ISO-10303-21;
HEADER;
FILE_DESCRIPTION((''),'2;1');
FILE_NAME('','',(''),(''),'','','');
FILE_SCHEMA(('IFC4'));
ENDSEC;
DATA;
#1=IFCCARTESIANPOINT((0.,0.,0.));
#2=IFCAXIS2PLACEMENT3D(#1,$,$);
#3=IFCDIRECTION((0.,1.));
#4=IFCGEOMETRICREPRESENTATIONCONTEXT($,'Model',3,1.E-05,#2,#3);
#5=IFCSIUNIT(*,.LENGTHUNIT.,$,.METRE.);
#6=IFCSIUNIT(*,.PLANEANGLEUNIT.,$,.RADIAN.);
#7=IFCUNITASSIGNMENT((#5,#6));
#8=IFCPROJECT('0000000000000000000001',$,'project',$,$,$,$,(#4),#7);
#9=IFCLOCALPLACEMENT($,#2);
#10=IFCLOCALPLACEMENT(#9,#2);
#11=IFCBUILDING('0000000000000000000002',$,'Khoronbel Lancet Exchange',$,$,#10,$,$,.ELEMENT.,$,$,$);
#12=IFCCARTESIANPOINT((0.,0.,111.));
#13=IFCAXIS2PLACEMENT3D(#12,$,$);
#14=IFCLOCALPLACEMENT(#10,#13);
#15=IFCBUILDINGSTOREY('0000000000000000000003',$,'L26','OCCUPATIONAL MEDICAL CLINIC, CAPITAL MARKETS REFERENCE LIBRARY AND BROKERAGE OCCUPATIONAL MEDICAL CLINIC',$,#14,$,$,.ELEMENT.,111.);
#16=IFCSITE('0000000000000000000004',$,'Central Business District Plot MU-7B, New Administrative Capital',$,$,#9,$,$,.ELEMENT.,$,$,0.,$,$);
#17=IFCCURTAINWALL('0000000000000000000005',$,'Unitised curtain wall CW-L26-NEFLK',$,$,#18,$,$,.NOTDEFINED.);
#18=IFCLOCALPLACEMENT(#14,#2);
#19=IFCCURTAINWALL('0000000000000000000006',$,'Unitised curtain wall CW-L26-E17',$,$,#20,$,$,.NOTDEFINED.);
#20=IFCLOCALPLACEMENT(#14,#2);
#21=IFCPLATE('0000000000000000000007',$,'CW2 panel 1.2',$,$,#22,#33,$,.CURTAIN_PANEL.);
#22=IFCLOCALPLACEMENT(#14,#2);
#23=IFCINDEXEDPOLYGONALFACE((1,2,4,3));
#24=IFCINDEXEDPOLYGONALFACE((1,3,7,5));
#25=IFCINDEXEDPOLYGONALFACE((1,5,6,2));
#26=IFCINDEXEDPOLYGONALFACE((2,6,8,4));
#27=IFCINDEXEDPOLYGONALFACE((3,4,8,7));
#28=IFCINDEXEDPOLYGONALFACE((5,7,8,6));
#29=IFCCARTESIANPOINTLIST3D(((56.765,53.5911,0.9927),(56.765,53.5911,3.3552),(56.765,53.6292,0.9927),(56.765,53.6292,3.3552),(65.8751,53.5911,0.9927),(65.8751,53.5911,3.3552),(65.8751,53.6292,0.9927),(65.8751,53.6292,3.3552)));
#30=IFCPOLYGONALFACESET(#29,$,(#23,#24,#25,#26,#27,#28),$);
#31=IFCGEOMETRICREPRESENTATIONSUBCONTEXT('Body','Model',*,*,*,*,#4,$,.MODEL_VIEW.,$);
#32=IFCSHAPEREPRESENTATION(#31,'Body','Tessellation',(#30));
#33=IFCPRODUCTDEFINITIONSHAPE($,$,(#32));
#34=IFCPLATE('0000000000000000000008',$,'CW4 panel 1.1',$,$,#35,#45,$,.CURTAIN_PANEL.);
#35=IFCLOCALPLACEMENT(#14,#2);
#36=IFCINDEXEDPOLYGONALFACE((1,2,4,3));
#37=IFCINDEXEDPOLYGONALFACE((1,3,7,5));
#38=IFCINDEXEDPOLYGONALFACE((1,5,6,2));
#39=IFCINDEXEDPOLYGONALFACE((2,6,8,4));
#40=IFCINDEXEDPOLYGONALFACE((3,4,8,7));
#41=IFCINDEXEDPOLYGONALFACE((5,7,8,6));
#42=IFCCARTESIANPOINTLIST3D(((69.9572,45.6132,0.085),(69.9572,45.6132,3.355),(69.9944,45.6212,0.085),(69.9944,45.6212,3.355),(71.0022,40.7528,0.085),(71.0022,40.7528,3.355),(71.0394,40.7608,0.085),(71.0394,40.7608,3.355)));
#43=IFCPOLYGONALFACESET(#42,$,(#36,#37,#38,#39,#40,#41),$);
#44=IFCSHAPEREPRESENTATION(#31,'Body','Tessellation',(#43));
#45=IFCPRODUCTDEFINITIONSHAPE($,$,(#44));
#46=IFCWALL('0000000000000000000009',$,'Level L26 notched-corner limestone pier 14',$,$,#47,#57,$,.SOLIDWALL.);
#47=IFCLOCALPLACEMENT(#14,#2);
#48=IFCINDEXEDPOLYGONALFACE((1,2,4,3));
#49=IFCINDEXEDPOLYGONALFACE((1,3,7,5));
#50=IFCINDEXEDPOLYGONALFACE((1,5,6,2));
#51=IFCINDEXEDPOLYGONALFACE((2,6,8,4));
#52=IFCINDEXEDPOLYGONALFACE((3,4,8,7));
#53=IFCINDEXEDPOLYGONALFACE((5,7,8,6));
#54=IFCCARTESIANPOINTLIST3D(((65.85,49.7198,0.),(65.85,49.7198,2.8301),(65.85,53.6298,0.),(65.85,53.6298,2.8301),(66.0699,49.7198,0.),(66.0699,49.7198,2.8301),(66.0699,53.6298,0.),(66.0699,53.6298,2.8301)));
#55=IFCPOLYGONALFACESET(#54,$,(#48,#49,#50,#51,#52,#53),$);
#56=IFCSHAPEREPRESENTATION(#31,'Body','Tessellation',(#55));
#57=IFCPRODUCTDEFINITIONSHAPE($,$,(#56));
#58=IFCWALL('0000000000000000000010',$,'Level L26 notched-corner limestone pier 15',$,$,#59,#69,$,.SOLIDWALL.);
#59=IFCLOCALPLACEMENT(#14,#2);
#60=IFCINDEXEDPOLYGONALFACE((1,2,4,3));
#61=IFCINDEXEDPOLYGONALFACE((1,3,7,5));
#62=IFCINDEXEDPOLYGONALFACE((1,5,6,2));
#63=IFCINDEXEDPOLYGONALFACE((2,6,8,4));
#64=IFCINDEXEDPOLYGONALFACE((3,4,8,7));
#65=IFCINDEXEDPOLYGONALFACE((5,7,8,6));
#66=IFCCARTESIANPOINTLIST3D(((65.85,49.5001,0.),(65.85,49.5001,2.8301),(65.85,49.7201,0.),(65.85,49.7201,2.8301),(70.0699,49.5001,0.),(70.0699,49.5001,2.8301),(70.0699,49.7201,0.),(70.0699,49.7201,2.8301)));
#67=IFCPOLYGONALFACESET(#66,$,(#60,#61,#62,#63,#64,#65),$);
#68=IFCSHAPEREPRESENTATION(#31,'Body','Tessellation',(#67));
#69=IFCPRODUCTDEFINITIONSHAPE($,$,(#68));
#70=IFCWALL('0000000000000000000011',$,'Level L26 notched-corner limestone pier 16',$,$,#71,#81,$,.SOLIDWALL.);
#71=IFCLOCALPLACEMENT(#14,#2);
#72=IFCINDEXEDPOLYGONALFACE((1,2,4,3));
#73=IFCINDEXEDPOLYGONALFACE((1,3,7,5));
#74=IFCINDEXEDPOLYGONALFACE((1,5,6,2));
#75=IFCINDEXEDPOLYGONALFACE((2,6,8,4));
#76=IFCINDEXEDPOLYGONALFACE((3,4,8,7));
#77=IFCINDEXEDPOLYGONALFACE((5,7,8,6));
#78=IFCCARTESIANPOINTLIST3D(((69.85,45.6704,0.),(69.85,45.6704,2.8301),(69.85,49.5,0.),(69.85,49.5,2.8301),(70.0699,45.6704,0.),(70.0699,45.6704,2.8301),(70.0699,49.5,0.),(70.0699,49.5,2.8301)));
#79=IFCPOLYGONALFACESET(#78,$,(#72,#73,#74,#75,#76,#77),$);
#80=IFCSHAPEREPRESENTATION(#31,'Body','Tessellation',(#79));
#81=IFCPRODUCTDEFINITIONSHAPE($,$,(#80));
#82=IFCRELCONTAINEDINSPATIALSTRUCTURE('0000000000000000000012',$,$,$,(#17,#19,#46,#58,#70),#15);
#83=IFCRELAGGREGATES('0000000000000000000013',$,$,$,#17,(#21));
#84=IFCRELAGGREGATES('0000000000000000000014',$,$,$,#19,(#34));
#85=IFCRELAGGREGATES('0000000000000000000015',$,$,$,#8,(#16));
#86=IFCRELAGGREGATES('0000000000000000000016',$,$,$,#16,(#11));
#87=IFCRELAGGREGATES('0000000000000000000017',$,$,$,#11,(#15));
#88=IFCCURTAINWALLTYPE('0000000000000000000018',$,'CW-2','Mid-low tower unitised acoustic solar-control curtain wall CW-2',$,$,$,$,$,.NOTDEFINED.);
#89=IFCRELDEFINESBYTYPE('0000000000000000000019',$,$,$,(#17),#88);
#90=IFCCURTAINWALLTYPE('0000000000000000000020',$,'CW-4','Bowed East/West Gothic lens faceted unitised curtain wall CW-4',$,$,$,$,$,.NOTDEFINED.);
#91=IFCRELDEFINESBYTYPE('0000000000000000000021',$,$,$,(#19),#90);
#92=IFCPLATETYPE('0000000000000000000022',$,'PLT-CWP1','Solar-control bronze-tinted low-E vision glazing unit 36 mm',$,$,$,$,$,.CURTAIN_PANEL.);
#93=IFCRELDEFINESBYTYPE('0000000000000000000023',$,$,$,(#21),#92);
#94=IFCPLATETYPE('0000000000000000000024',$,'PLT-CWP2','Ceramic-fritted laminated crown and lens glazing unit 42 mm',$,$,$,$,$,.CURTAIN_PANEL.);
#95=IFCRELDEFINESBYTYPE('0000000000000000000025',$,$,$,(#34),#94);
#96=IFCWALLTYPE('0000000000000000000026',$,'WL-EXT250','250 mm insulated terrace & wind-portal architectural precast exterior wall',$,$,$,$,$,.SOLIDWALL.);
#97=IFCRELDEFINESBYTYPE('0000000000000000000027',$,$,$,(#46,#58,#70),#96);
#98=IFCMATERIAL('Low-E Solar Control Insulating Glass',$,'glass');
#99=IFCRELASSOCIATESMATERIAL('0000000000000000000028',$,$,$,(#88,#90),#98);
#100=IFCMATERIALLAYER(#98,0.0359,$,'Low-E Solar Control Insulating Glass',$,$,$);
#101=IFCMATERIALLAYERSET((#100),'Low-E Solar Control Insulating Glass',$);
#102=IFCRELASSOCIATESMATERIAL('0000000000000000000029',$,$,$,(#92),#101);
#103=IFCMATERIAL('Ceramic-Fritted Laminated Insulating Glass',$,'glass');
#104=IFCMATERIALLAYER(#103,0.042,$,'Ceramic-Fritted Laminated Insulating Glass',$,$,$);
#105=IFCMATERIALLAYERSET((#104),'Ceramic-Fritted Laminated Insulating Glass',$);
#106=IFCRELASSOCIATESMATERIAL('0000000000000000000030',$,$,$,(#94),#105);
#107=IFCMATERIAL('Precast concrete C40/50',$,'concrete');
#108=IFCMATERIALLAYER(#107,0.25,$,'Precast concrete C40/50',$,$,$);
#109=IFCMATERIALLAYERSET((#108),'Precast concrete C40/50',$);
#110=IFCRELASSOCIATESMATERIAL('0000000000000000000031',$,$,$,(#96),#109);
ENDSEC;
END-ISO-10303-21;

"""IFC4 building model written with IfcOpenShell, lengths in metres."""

from ifc_helpers import new_model, si_unit, direction, frame, frame_2d, origin, origin_2d, place, context, subcontext, project, spatial, rectangle, extrude, material, layer, layer_set, type_object, element, aggregate, save


model = new_model("IFC4")

# Units and contexts
model_context = context("Model", 3, precision=1e-05, world=origin(), true_north=direction((0.0, 1.0)))
body_context = subcontext(model_context, "Body", "Model", "MODEL_VIEW")
ifc_project = project(units=[si_unit("LENGTHUNIT", "METRE"), si_unit("PLANEANGLEUNIT", "RADIAN")], contexts=[model_context])

# Site, building, storey
site_placement = place(None, origin())
site = spatial("IfcSite", under=ifc_project, at=site_placement, Name="Central Business District Plot MU-7B, New Administrative Capital", CompositionType="ELEMENT", RefElevation=0.0)
building_placement = place(site_placement, origin())
building = spatial("IfcBuilding", under=site, at=building_placement, Name="Khoronbel Lancet Exchange", CompositionType="ELEMENT")
storey_placement = place(building_placement, frame((0.0, 0.0, 111.0)))
storey = spatial("IfcBuildingStorey", under=building, at=storey_placement, Name="L26", Description="OCCUPATIONAL MEDICAL CLINIC, CAPITAL MARKETS REFERENCE LIBRARY AND BROKERAGE OCCUPATIONAL MEDICAL CLINIC", CompositionType="ELEMENT", Elevation=111.0)

# Curtain wall
ifc_material_1 = material(Name="Low-E Solar Control Insulating Glass", Category="glass")
curtain_wall_type_1 = type_object("IfcCurtainWallType", Name="CW-2", Description="Mid-low tower unitised acoustic solar-control curtain wall CW-2", PredefinedType="NOTDEFINED", material=ifc_material_1)
curtain_wall_1_placement = place(storey_placement, origin())
curtain_wall_1 = element("IfcCurtainWall", 1, at=curtain_wall_1_placement, inside=storey, type_object=curtain_wall_type_1, Name="Unitised curtain wall CW-L26-NEFLK", PredefinedType="NOTDEFINED")

# Curtain wall
curtain_wall_type_2 = type_object("IfcCurtainWallType", Name="CW-4", Description="Bowed East/West Gothic lens faceted unitised curtain wall CW-4", PredefinedType="NOTDEFINED", material=ifc_material_1)
curtain_wall_2_placement = place(storey_placement, origin())
curtain_wall_2 = element("IfcCurtainWall", 2, at=curtain_wall_2_placement, inside=storey, type_object=curtain_wall_type_2, Name="Unitised curtain wall CW-L26-E17", PredefinedType="NOTDEFINED")

# Plates
ifc_layer_1 = layer(ifc_material_1, 0.0359, Name="Low-E Solar Control Insulating Glass")
ifc_layer_set_1 = layer_set([ifc_layer_1], Name="Low-E Solar Control Insulating Glass")
plate_type_1 = type_object("IfcPlateType", Name="PLT-CWP1", Description="Solar-control bronze-tinted low-E vision glazing unit 36 mm", PredefinedType="CURTAIN_PANEL", material=ifc_layer_set_1)
plate_1_placement = place(storey_placement, frame((61.3201, 53.6101, 0.9927), z_axis=(0.0, 0.0, 1.0), x_axis=(-1.0, 0.0, 0.0)))
plate_1 = element("IfcPlate", 3, at=plate_1_placement, type_object=plate_type_1, Name="CW2 panel 1.2", PredefinedType="CURTAIN_PANEL", context=body_context, shape_type="SweptSolid", body=[
    extrude(rectangle(XDim=9.1101, YDim=0.0381, at=origin_2d()), origin(), (0.0, 0.0, 1.0), 2.3625),
])
aggregate(curtain_wall_1, [plate_1])
ifc_material_2 = material(Name="Ceramic-Fritted Laminated Insulating Glass", Category="glass")
ifc_layer_2 = layer(ifc_material_2, 0.042, Name="Ceramic-Fritted Laminated Insulating Glass")
ifc_layer_set_2 = layer_set([ifc_layer_2], Name="Ceramic-Fritted Laminated Insulating Glass")
plate_type_2 = type_object("IfcPlateType", Name="PLT-CWP2", Description="Ceramic-fritted laminated crown and lens glazing unit 42 mm", PredefinedType="CURTAIN_PANEL", material=ifc_layer_set_2)
plate_2_placement = place(storey_placement, frame((70.4983, 43.187, 0.085), z_axis=(0.0, 0.0, 1.0), x_axis=(0.2102, -0.977658, 0.0)))
plate_2 = element("IfcPlate", 4, at=plate_2_placement, type_object=plate_type_2, Name="CW4 panel 1.1", PredefinedType="CURTAIN_PANEL", context=body_context, shape_type="SweptSolid", body=[
    extrude(rectangle(XDim=4.9714, YDim=0.0381, at=origin_2d()), origin(), (0.0, 0.0, 1.0), 3.27),
])
aggregate(curtain_wall_2, [plate_2])

# Walls
ifc_material_3 = material(Name="Precast concrete C40/50", Category="concrete")
ifc_layer_3 = layer(ifc_material_3, 0.25, Name="Precast concrete C40/50")
ifc_layer_set_3 = layer_set([ifc_layer_3], Name="Precast concrete C40/50")
wall_type = type_object("IfcWallType", Name="WL-EXT250", Description="250 mm insulated terrace & wind-portal architectural precast exterior wall", PredefinedType="SOLIDWALL", material=ifc_layer_set_3)
wall_1_placement = place(storey_placement, frame((65.96, 53.6299, 0.0), z_axis=(0.0, 0.0, 1.0), x_axis=(0.0, -1.0, 0.0)))
element("IfcWall", 5, at=wall_1_placement, inside=storey, type_object=wall_type, Name="Level L26 notched-corner limestone pier 14", PredefinedType="SOLIDWALL", context=body_context, shape_type="SweptSolid", body=[
    extrude(rectangle(XDim=3.9099, YDim=0.22, at=frame_2d((1.9551, 0.0))), origin(), (0.0, 0.0, 1.0), 2.8301),
])
wall_2_placement = place(storey_placement, frame((65.8501, 49.6101, 0.0), z_axis=(0.0, 0.0, 1.0), x_axis=(1.0, 0.0, 0.0)))
element("IfcWall", 6, at=wall_2_placement, inside=storey, type_object=wall_type, Name="Level L26 notched-corner limestone pier 15", PredefinedType="SOLIDWALL", context=body_context, shape_type="SweptSolid", body=[
    extrude(rectangle(XDim=4.22, YDim=0.22, at=frame_2d((2.1099, 0.0))), origin(), (0.0, 0.0, 1.0), 2.8301),
])
wall_3_placement = place(storey_placement, frame((69.96, 49.5, 0.0), z_axis=(0.0, 0.0, 1.0), x_axis=(0.0, -1.0, 0.0)))
element("IfcWall", 7, at=wall_3_placement, inside=storey, type_object=wall_type, Name="Level L26 notched-corner limestone pier 16", PredefinedType="SOLIDWALL", context=body_context, shape_type="SweptSolid", body=[
    extrude(rectangle(XDim=3.8296, YDim=0.22, at=frame_2d((1.9148, 0.0))), origin(), (0.0, 0.0, 1.0), 2.8301),
])

save(model, "model.ifc")
